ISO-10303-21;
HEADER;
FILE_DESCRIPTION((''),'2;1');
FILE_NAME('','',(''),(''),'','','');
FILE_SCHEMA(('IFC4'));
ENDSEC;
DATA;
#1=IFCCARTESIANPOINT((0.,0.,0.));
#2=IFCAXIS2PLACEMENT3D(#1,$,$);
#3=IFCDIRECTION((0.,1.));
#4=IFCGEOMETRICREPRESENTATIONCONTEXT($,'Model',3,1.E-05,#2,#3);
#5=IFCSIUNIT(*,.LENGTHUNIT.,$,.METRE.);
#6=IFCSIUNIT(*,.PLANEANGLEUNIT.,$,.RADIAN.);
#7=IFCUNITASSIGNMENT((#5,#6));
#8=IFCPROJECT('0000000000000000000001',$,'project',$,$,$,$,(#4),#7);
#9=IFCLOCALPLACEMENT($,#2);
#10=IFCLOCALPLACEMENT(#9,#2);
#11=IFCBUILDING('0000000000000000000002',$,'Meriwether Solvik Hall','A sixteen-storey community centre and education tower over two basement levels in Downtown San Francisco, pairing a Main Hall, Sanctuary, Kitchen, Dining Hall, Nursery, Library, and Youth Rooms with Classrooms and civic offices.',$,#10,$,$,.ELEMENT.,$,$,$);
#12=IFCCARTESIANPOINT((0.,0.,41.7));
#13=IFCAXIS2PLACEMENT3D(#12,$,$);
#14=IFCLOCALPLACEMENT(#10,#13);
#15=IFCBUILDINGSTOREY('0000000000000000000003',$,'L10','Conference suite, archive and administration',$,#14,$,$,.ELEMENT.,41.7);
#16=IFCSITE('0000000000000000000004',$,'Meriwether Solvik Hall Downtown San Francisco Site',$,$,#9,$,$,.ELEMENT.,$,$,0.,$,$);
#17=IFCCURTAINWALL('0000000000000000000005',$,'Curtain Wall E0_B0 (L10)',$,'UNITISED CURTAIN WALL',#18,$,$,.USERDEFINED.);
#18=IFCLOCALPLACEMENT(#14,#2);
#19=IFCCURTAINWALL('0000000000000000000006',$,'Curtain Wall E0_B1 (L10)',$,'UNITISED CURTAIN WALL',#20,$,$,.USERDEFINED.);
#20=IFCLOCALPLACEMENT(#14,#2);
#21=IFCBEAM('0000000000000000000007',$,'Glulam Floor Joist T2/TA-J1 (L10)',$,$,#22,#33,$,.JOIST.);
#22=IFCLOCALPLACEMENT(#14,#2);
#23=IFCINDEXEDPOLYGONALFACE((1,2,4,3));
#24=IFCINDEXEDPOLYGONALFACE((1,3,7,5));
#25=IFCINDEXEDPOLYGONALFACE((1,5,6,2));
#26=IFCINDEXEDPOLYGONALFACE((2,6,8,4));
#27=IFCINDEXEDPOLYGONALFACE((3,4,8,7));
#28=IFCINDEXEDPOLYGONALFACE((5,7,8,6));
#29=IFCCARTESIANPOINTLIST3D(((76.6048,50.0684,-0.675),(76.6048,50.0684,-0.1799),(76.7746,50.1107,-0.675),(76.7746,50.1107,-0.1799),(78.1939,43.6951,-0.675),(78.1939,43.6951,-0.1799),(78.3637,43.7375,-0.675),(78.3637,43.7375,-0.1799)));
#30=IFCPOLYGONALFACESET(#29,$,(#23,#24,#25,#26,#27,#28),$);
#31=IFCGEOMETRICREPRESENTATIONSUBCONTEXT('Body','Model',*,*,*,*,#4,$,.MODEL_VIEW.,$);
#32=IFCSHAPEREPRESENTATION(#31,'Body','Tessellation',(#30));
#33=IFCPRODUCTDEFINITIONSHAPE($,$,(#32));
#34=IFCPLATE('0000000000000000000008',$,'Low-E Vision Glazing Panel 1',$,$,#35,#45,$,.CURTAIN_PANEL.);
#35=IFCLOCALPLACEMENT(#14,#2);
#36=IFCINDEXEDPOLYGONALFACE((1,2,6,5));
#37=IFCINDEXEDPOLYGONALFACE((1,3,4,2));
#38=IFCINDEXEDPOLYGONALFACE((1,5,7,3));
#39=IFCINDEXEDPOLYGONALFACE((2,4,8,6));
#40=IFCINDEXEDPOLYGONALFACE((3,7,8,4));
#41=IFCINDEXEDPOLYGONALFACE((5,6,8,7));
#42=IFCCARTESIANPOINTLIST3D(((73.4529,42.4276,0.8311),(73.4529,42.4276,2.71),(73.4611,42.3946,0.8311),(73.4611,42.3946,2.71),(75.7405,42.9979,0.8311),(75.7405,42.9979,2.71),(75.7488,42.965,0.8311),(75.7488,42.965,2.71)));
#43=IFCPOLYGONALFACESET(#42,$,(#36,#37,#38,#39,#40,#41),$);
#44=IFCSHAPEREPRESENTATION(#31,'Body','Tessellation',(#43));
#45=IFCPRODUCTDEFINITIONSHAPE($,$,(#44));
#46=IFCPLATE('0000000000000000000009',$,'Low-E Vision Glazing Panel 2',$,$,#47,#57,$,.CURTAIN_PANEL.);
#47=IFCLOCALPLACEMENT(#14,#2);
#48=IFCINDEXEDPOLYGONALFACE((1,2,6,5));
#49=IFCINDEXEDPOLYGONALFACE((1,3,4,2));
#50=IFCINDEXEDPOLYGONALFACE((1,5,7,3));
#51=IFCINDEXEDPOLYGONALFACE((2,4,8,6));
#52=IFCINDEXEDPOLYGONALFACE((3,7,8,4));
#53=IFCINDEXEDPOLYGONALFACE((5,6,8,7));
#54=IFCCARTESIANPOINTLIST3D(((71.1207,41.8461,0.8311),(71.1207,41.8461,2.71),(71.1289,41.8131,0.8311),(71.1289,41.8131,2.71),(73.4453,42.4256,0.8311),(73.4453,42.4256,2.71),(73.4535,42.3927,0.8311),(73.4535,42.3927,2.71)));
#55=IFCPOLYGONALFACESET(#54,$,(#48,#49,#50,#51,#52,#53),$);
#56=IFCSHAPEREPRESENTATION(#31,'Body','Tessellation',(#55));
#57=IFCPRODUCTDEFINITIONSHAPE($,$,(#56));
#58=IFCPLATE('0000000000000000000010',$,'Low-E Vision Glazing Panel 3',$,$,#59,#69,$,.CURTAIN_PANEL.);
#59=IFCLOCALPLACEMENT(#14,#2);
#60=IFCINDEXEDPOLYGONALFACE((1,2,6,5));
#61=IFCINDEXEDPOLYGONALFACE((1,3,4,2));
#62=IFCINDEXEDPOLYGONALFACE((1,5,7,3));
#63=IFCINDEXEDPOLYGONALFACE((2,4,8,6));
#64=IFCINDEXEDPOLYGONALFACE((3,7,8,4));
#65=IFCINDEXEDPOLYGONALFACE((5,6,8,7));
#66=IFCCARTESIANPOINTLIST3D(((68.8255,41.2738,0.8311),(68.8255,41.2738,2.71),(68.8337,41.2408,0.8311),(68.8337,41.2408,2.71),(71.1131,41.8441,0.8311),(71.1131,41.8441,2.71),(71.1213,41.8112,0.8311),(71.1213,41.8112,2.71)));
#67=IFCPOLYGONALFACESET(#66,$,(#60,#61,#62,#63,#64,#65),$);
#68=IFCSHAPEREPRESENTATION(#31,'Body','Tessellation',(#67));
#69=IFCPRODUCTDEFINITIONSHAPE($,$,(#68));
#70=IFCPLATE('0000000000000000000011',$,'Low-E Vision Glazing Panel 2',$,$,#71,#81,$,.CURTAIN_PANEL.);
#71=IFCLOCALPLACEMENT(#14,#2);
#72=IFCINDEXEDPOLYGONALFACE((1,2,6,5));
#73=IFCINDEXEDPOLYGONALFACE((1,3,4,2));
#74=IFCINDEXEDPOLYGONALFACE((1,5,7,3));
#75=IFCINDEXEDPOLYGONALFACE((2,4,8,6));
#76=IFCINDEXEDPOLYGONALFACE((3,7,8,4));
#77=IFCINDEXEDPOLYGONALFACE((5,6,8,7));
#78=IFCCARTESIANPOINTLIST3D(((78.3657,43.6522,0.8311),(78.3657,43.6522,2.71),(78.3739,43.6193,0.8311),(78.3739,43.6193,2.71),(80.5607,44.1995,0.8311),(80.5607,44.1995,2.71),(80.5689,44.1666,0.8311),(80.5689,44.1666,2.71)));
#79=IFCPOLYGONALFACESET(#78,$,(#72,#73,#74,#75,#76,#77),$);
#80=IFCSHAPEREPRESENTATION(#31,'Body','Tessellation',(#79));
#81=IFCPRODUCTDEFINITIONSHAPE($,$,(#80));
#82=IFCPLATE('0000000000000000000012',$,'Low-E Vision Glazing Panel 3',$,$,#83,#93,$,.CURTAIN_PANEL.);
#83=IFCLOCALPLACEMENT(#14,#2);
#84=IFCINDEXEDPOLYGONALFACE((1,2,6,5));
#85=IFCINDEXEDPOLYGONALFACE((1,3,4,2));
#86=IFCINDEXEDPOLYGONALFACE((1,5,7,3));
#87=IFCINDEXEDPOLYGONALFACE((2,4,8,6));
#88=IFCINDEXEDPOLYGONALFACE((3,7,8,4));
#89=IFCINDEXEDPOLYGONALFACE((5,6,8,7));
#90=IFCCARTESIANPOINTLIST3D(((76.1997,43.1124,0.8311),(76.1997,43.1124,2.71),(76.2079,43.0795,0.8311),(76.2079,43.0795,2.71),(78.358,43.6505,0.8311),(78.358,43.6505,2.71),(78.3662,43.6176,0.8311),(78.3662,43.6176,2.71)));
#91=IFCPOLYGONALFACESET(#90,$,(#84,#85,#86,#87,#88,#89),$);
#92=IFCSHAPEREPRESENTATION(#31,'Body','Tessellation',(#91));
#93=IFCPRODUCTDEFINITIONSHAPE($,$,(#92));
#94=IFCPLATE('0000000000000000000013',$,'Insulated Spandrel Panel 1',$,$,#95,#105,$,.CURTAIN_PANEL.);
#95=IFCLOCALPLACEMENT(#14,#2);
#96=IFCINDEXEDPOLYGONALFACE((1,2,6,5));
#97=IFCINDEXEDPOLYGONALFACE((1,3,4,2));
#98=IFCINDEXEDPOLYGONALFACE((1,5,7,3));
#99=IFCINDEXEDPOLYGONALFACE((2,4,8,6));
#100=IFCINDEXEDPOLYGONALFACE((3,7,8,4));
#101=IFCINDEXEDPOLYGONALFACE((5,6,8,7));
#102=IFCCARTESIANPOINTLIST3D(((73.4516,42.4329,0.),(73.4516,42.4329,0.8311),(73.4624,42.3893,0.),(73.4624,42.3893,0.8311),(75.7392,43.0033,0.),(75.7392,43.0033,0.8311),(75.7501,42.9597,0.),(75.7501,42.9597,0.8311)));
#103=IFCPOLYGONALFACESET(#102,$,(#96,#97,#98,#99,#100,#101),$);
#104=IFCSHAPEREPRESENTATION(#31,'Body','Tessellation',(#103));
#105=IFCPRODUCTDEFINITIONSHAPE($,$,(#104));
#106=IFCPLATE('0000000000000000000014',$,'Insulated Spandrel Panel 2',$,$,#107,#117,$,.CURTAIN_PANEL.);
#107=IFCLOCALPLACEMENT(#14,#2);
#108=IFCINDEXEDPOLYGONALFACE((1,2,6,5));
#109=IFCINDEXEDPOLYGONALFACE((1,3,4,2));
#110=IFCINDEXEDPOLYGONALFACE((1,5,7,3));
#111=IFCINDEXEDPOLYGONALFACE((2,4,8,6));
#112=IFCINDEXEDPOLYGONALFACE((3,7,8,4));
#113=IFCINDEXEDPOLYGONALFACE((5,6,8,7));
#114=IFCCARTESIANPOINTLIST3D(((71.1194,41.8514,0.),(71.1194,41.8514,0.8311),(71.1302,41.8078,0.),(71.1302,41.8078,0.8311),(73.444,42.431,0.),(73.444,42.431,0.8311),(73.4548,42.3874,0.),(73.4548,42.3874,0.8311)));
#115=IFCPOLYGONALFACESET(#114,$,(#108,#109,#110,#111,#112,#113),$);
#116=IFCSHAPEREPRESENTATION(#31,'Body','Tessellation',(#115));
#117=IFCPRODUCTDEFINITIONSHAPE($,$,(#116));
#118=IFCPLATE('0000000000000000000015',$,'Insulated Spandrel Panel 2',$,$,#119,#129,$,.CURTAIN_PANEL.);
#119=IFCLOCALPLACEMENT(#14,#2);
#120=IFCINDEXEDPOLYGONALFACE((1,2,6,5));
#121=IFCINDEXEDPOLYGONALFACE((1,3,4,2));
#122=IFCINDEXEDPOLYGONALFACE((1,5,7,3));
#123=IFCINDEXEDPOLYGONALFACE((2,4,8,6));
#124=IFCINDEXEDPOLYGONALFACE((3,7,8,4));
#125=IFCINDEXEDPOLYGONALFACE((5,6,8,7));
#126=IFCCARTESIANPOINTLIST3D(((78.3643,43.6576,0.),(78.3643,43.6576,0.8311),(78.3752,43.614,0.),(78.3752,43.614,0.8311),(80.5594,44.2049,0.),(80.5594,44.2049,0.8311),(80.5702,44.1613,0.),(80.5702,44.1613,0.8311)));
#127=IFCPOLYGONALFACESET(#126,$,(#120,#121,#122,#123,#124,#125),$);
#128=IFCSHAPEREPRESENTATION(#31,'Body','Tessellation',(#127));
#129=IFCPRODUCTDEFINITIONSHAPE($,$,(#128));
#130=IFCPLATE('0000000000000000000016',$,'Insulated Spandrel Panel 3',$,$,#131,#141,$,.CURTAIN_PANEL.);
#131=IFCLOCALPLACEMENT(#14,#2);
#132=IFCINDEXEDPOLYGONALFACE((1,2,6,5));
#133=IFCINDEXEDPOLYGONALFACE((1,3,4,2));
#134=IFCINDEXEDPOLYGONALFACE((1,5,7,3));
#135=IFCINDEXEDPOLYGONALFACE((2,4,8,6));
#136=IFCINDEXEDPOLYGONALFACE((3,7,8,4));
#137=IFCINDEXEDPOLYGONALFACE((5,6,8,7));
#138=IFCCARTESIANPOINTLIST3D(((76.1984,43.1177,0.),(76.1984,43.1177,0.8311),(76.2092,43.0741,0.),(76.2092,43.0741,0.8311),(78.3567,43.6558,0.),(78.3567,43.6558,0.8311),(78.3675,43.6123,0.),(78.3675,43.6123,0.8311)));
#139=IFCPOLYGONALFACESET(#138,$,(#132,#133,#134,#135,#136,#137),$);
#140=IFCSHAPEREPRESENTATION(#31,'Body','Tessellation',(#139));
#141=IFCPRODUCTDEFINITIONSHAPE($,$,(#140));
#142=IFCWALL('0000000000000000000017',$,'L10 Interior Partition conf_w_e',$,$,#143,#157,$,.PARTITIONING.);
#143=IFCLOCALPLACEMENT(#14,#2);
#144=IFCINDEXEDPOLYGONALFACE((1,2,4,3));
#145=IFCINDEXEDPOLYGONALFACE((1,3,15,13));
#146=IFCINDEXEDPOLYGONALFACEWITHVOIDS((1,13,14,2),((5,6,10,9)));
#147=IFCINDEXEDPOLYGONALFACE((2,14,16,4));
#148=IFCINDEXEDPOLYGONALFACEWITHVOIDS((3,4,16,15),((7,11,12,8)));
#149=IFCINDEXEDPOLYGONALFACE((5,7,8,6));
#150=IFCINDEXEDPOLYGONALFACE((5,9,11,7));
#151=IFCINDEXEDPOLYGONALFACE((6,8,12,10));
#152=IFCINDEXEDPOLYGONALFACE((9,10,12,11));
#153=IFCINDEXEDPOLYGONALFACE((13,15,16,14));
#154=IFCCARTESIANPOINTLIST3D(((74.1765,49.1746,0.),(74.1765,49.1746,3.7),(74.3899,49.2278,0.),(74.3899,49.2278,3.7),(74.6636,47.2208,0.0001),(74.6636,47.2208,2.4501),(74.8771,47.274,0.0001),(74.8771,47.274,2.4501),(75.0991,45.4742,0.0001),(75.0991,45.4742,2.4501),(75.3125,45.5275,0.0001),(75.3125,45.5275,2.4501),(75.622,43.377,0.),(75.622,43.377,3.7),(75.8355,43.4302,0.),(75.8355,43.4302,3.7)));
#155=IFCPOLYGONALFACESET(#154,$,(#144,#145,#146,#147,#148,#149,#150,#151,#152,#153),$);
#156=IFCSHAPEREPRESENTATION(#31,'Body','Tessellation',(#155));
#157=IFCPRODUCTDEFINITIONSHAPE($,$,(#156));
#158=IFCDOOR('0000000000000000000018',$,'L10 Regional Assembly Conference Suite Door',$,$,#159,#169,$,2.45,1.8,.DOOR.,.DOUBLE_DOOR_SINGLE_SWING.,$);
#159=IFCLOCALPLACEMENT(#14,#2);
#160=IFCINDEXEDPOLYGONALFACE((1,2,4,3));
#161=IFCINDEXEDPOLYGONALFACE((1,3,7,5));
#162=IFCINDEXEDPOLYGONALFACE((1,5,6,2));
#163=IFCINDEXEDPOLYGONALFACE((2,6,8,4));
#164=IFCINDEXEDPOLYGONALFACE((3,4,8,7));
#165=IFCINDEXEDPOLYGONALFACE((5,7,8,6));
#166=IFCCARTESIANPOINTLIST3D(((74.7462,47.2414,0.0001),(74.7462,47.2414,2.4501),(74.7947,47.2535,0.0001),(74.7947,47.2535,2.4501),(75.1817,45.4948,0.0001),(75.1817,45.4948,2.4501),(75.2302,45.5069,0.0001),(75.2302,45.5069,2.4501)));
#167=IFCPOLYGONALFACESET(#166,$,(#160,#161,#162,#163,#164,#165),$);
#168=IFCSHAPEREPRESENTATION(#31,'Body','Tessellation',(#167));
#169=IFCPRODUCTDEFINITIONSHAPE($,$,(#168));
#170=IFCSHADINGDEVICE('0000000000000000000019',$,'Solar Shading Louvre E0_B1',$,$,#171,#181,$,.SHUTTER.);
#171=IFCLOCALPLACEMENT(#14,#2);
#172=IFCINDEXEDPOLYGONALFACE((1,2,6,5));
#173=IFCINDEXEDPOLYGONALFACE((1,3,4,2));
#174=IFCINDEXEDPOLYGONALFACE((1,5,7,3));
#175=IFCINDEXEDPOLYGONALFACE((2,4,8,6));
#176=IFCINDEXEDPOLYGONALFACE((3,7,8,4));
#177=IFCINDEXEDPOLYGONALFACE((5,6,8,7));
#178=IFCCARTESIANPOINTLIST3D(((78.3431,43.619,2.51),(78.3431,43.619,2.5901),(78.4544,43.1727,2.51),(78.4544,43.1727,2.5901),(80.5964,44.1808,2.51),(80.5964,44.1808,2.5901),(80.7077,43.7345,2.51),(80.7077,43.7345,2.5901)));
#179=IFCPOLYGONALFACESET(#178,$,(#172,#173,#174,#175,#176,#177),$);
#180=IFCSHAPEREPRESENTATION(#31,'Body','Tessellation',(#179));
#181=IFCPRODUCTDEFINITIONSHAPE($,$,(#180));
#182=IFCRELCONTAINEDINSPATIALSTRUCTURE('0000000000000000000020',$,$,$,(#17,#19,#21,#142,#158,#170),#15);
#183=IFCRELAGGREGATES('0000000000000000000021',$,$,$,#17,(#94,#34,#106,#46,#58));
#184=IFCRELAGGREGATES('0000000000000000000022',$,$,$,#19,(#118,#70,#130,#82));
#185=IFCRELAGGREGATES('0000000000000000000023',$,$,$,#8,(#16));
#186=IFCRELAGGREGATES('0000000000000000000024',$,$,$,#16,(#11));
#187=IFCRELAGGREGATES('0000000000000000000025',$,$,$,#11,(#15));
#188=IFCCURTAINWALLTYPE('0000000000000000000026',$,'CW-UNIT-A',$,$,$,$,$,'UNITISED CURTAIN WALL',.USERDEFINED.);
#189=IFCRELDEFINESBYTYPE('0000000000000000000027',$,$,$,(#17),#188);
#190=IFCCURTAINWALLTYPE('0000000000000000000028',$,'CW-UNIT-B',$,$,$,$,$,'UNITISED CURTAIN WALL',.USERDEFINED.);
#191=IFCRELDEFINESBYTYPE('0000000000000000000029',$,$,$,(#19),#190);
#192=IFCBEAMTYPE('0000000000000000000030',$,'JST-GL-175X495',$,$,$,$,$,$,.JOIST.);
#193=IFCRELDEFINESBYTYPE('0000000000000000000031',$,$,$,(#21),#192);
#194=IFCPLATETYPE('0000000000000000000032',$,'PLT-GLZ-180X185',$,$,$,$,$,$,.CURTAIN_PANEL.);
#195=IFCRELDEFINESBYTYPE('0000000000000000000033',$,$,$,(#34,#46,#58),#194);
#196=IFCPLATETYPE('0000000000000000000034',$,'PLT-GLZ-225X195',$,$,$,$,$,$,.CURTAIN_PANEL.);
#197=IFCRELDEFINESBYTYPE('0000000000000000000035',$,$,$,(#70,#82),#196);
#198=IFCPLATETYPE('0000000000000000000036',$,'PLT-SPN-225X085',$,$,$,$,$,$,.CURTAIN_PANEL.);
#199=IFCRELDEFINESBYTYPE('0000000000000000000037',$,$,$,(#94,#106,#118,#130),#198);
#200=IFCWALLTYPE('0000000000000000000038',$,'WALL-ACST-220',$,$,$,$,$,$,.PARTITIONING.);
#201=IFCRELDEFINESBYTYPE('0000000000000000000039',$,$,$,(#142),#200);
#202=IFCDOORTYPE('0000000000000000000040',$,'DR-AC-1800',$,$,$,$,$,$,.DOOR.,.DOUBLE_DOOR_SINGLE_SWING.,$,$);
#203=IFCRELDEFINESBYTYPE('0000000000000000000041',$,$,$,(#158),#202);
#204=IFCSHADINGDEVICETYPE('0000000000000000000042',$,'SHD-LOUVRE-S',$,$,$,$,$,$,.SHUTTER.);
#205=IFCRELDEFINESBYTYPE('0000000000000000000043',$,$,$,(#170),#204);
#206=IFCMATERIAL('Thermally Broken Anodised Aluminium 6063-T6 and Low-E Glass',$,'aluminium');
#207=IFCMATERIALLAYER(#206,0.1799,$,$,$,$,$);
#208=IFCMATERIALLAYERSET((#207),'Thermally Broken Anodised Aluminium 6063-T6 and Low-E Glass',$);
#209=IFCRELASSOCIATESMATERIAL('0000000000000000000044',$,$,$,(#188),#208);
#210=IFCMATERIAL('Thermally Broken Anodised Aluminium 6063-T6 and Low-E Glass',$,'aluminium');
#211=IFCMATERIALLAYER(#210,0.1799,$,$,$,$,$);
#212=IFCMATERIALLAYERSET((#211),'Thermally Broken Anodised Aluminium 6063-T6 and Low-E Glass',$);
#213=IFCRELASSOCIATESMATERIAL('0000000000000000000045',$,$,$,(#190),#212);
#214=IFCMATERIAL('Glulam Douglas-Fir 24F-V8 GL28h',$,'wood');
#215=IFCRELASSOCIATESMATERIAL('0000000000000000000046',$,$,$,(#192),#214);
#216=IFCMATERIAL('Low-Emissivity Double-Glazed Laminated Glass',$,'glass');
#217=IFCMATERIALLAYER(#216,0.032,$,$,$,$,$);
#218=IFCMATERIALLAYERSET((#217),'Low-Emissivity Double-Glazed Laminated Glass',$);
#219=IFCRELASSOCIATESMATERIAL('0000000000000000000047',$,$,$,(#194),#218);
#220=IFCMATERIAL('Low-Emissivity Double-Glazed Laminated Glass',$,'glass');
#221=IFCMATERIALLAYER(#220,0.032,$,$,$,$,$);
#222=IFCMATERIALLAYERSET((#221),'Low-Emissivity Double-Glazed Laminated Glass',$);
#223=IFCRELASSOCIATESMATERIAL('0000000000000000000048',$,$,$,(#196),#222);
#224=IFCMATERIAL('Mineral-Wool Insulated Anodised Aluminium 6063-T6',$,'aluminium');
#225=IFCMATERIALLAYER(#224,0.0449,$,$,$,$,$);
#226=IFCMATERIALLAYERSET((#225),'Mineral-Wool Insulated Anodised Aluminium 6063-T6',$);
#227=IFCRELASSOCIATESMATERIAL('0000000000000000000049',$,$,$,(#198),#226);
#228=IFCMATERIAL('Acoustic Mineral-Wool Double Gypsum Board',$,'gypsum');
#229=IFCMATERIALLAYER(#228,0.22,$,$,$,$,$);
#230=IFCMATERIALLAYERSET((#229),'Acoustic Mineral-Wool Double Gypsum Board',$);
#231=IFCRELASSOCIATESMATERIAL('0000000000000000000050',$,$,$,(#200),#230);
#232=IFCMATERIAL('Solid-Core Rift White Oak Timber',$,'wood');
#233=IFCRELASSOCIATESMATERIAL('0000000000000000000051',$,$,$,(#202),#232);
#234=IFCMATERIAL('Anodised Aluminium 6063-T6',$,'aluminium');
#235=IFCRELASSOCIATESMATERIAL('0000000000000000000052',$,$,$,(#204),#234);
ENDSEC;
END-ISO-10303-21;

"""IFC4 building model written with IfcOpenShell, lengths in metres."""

from ifc_helpers import new_model, si_unit, direction, frame, frame_2d, origin, origin_2d, place, context, subcontext, project, spatial, rectangle, extrude, material, layer, layer_set, material_profile, profile_set, type_object, element, fill, aggregate, save


model = new_model("IFC4")

# Units and contexts
model_context = context("Model", 3, precision=1e-05, world=origin(), true_north=direction((0.0, 1.0)))
body_context = subcontext(model_context, "Body", "Model", "MODEL_VIEW")
ifc_project = project(units=[si_unit("LENGTHUNIT", "METRE"), si_unit("PLANEANGLEUNIT", "RADIAN")], contexts=[model_context])

# Site, building, storey
site_placement = place(None, origin())
site = spatial("IfcSite", under=ifc_project, at=site_placement, Name="Meriwether Solvik Hall Downtown San Francisco Site", CompositionType="ELEMENT", RefElevation=0.0)
building_placement = place(site_placement, origin())
building = spatial("IfcBuilding", under=site, at=building_placement, Name="Meriwether Solvik Hall", Description="A sixteen-storey community centre and education tower over two basement levels in Downtown San Francisco, pairing a Main Hall, Sanctuary, Kitchen, Dining Hall, Nursery, Library, and Youth Rooms with Classrooms and civic offices.", CompositionType="ELEMENT")
storey_placement = place(building_placement, frame((0.0, 0.0, 41.7)))
storey = spatial("IfcBuildingStorey", under=building, at=storey_placement, Name="L10", Description="Conference suite, archive and administration", CompositionType="ELEMENT", Elevation=41.7)

# Curtain walls
ifc_material_1 = material(Name="Thermally Broken Anodised Aluminium 6063-T6 and Low-E Glass", Category="aluminium")
ifc_layer_1 = layer(ifc_material_1, 0.1799)
ifc_layer_set_1 = layer_set([ifc_layer_1], Name="Thermally Broken Anodised Aluminium 6063-T6 and Low-E Glass")
curtain_wall_type_1 = type_object("IfcCurtainWallType", Name="CW-UNIT-A", ElementType="UNITISED CURTAIN WALL", PredefinedType="USERDEFINED", material=ifc_layer_set_1)
curtain_wall_1_placement = place(storey_placement, origin())
curtain_wall_1 = element("IfcCurtainWall", 1, at=curtain_wall_1_placement, inside=storey, type_object=curtain_wall_type_1, Name="Curtain Wall E0_B0 (L10)", ObjectType="UNITISED CURTAIN WALL", PredefinedType="USERDEFINED")
ifc_material_2 = material(Name="Thermally Broken Anodised Aluminium 6063-T6 and Low-E Glass", Category="aluminium")
ifc_layer_2 = layer(ifc_material_2, 0.1799)
ifc_layer_set_2 = layer_set([ifc_layer_2], Name="Thermally Broken Anodised Aluminium 6063-T6 and Low-E Glass")
curtain_wall_type_2 = type_object("IfcCurtainWallType", Name="CW-UNIT-B", ElementType="UNITISED CURTAIN WALL", PredefinedType="USERDEFINED", material=ifc_layer_set_2)
curtain_wall_2_placement = place(storey_placement, origin())
curtain_wall_2 = element("IfcCurtainWall", 2, at=curtain_wall_2_placement, inside=storey, type_object=curtain_wall_type_2, Name="Curtain Wall E0_B1 (L10)", ObjectType="UNITISED CURTAIN WALL", PredefinedType="USERDEFINED")

# Beam
ifc_material_3 = material(Name="Glulam Douglas-Fir 24F-V8 GL28h", Category="wood")
ifc_material_profile_1 = material_profile(ifc_material_3, rectangle(XDim=0.175, YDim=0.4951, at=origin_2d()), Name="GLJ-175X495")
ifc_profile_set_1 = profile_set([ifc_material_profile_1], Name="Glulam Douglas-Fir 24F-V8 GL28h")
beam_type_1 = type_object("IfcBeamType", Name="JST-GL-175X495", PredefinedType="JOIST", material=ifc_profile_set_1)
for number, where, z_axis, x_axis, name in (
    (3, (78.2788, 43.7163, -0.4275), (-0.241932, 0.970293, 0.0), (-0.970293, -0.241932, 0.0), "Glulam Floor Joist T2/TA-J1 (L10)"),
):
    element("IfcBeam", number, at=place(storey_placement, frame(where, z_axis=z_axis, x_axis=x_axis)), inside=storey, type_object=beam_type_1, Name=name, PredefinedType="JOIST", context=body_context, shape_type="SweptSolid", body=[
        extrude(rectangle(XDim=0.175, YDim=0.4951, at=origin_2d()), origin(), (0.0, 0.0, 1.0), 6.5684),
    ])

# Plates
ifc_material_4 = material(Name="Low-Emissivity Double-Glazed Laminated Glass", Category="glass")
ifc_layer_3 = layer(ifc_material_4, 0.032)
ifc_layer_set_3 = layer_set([ifc_layer_3], Name="Low-Emissivity Double-Glazed Laminated Glass")
plate_type_1 = type_object("IfcPlateType", Name="PLT-GLZ-180X185", PredefinedType="CURTAIN_PANEL", material=ifc_layer_set_3)
plate_1_placement = place(storey_placement, frame((74.6008, 42.6963, 0.8311), z_axis=(0.0, 0.0, 1.0), x_axis=(-0.970296, -0.241922, 0.0)))
plate_1 = element("IfcPlate", 4, at=plate_1_placement, type_object=plate_type_1, Name="Low-E Vision Glazing Panel 1", PredefinedType="CURTAIN_PANEL", context=body_context, shape_type="SweptSolid", body=[
    extrude(rectangle(XDim=2.3577, YDim=0.0339, at=origin_2d()), origin(), (0.0, 0.0, 1.0), 1.8789),
])
plate_2_placement = place(storey_placement, frame((72.2871, 42.1194, 0.8311), z_axis=(0.0, 0.0, 1.0), x_axis=(-0.970296, -0.241922, 0.0)))
plate_2 = element("IfcPlate", 5, at=plate_2_placement, type_object=plate_type_1, Name="Low-E Vision Glazing Panel 2", PredefinedType="CURTAIN_PANEL", context=body_context, shape_type="SweptSolid", body=[
    extrude(rectangle(XDim=2.3958, YDim=0.0339, at=origin_2d()), origin(), (0.0, 0.0, 1.0), 1.8789),
])
plate_3_placement = place(storey_placement, frame((69.9734, 41.5425, 0.8311), z_axis=(0.0, 0.0, 1.0), x_axis=(-0.970296, -0.241922, 0.0)))
plate_3 = element("IfcPlate", 6, at=plate_3_placement, type_object=plate_type_1, Name="Low-E Vision Glazing Panel 3", PredefinedType="CURTAIN_PANEL", context=body_context, shape_type="SweptSolid", body=[
    extrude(rectangle(XDim=2.3577, YDim=0.0339, at=origin_2d()), origin(), (0.0, 0.0, 1.0), 1.8789),
])
ifc_material_5 = material(Name="Low-Emissivity Double-Glazed Laminated Glass", Category="glass")
ifc_layer_4 = layer(ifc_material_5, 0.032)
ifc_layer_set_4 = layer_set([ifc_layer_4], Name="Low-Emissivity Double-Glazed Laminated Glass")
plate_type_2 = type_object("IfcPlateType", Name="PLT-GLZ-225X195", PredefinedType="CURTAIN_PANEL", material=ifc_layer_set_4)
plate_4_placement = place(storey_placement, frame((79.4673, 43.9094, 0.8311), z_axis=(0.0, 0.0, 1.0), x_axis=(-0.970296, -0.241922, 0.0)))
plate_4 = element("IfcPlate", 7, at=plate_4_placement, type_object=plate_type_2, Name="Low-E Vision Glazing Panel 2", PredefinedType="CURTAIN_PANEL", context=body_context, shape_type="SweptSolid", body=[
    extrude(rectangle(XDim=2.2622, YDim=0.0339, at=origin_2d()), origin(), (0.0, 0.0, 1.0), 1.8789),
])
plate_5_placement = place(storey_placement, frame((77.283, 43.365, 0.8311), z_axis=(0.0, 0.0, 1.0), x_axis=(-0.970296, -0.241922, 0.0)))
plate_5 = element("IfcPlate", 8, at=plate_5_placement, type_object=plate_type_2, Name="Low-E Vision Glazing Panel 3", PredefinedType="CURTAIN_PANEL", context=body_context, shape_type="SweptSolid", body=[
    extrude(rectangle(XDim=2.2244, YDim=0.0339, at=origin_2d()), origin(), (0.0, 0.0, 1.0), 1.8789),
])
ifc_material_6 = material(Name="Mineral-Wool Insulated Anodised Aluminium 6063-T6", Category="aluminium")
ifc_layer_5 = layer(ifc_material_6, 0.0449)
ifc_layer_set_5 = layer_set([ifc_layer_5], Name="Mineral-Wool Insulated Anodised Aluminium 6063-T6")
plate_type_3 = type_object("IfcPlateType", Name="PLT-SPN-225X085", PredefinedType="CURTAIN_PANEL", material=ifc_layer_set_5)
plate_6_placement = place(storey_placement, frame((74.6008, 42.6963, 0.0), z_axis=(0.0, 0.0, 1.0), x_axis=(-0.970296, -0.241922, 0.0)))
plate_6 = element("IfcPlate", 9, at=plate_6_placement, type_object=plate_type_3, Name="Insulated Spandrel Panel 1", PredefinedType="CURTAIN_PANEL", context=body_context, shape_type="SweptSolid", body=[
    extrude(rectangle(XDim=2.3577, YDim=0.0449, at=origin_2d()), origin(), (0.0, 0.0, 1.0), 0.8311),
])
plate_7_placement = place(storey_placement, frame((72.2871, 42.1194, 0.0), z_axis=(0.0, 0.0, 1.0), x_axis=(-0.970296, -0.241922, 0.0)))
plate_7 = element("IfcPlate", 10, at=plate_7_placement, type_object=plate_type_3, Name="Insulated Spandrel Panel 2", PredefinedType="CURTAIN_PANEL", context=body_context, shape_type="SweptSolid", body=[
    extrude(rectangle(XDim=2.3958, YDim=0.0449, at=origin_2d()), origin(), (0.0, 0.0, 1.0), 0.8311),
])
aggregate(curtain_wall_1, [plate_6, plate_1, plate_7, plate_2, plate_3])
plate_8_placement = place(storey_placement, frame((79.4673, 43.9094, 0.0), z_axis=(0.0, 0.0, 1.0), x_axis=(-0.970296, -0.241922, 0.0)))
plate_8 = element("IfcPlate", 11, at=plate_8_placement, type_object=plate_type_3, Name="Insulated Spandrel Panel 2", PredefinedType="CURTAIN_PANEL", context=body_context, shape_type="SweptSolid", body=[
    extrude(rectangle(XDim=2.2622, YDim=0.0449, at=origin_2d()), origin(), (0.0, 0.0, 1.0), 0.8311),
])
plate_9_placement = place(storey_placement, frame((77.283, 43.365, 0.0), z_axis=(0.0, 0.0, 1.0), x_axis=(-0.970296, -0.241922, 0.0)))
plate_9 = element("IfcPlate", 12, at=plate_9_placement, type_object=plate_type_3, Name="Insulated Spandrel Panel 3", PredefinedType="CURTAIN_PANEL", context=body_context, shape_type="SweptSolid", body=[
    extrude(rectangle(XDim=2.2244, YDim=0.0449, at=origin_2d()), origin(), (0.0, 0.0, 1.0), 0.8311),
])
aggregate(curtain_wall_2, [plate_8, plate_4, plate_9, plate_5])

# Wall, opening, door
ifc_material_7 = material(Name="Acoustic Mineral-Wool Double Gypsum Board", Category="gypsum")
ifc_layer_6 = layer(ifc_material_7, 0.22)
ifc_layer_set_6 = layer_set([ifc_layer_6], Name="Acoustic Mineral-Wool Double Gypsum Board")
wall_type = type_object("IfcWallType", Name="WALL-ACST-220", PredefinedType="PARTITIONING", material=ifc_layer_set_6)
wall_placement = place(storey_placement, frame((75.7288, 43.4036, 0.0), z_axis=(0.0, 0.0, 1.0), x_axis=(-0.24193, 0.970294, 0.0)))
wall = element("IfcWall", 13, at=wall_placement, inside=storey, type_object=wall_type, Name="L10 Interior Partition conf_w_e", PredefinedType="PARTITIONING", context=body_context, shape_type="SweptSolid", body=[
    extrude(rectangle(XDim=5.9751, YDim=0.22, at=frame_2d((2.9875, 0.0))), origin(), (0.0, 0.0, 1.0), 3.7),
])
opening_placement = place(wall_placement, frame((2.1616, 0.0, 0.0)))
opening = element("IfcOpeningElement", 14, at=opening_placement, cuts=wall, PredefinedType="OPENING", context=body_context, shape_type="SweptSolid", body=[
    extrude(rectangle(XDim=1.8, YDim=2.45, at=frame_2d((0.8999, 1.2251))), frame((0.0, 0.1221, 0.0), z_axis=(0.0, -1.0, 0.0), x_axis=(1.0, 0.0, 0.0)), (0.0, 0.0, 1.0), 0.2439),
])
ifc_material_8 = material(Name="Solid-Core Rift White Oak Timber", Category="wood")
door_type = type_object("IfcDoorType", Name="DR-AC-1800", OperationType="DOUBLE_DOOR_SINGLE_SWING", PredefinedType="DOOR", material=ifc_material_8)
door_placement = place(opening_placement, origin())
door = element("IfcDoor", 15, at=door_placement, inside=storey, type_object=door_type, Name="L10 Regional Assembly Conference Suite Door", OperationType="DOUBLE_DOOR_SINGLE_SWING", OverallHeight=2.45, OverallWidth=1.8, PredefinedType="DOOR", context=body_context, shape_type="SweptSolid", body=[
    extrude(rectangle(XDim=1.8, YDim=2.45, at=frame_2d((0.8999, 1.2251))), frame((0.0, 0.0249, 0.0), z_axis=(0.0, -1.0, 0.0), x_axis=(1.0, 0.0, 0.0)), (0.0, 0.0, 1.0), 0.05),
])
fill(opening, door)

# Shading device
ifc_material_9 = material(Name="Anodised Aluminium 6063-T6", Category="aluminium")
shading_device_type = type_object("IfcShadingDeviceType", Name="SHD-LOUVRE-S", PredefinedType="SHUTTER", material=ifc_material_9)
shading_device_placement = place(storey_placement, frame((79.5254, 43.6768, 2.51), z_axis=(0.0, 0.0, 1.0), x_axis=(-0.970296, -0.241922, 0.0)))
element("IfcShadingDevice", 16, at=shading_device_placement, inside=storey, type_object=shading_device_type, Name="Solar Shading Louvre E0_B1", PredefinedType="SHUTTER", context=body_context, shape_type="SweptSolid", body=[
    extrude(rectangle(XDim=2.3223, YDim=0.46, at=origin_2d()), origin(), (0.0, 0.0, 1.0), 0.0801),
])

save(model, "model.ifc")
